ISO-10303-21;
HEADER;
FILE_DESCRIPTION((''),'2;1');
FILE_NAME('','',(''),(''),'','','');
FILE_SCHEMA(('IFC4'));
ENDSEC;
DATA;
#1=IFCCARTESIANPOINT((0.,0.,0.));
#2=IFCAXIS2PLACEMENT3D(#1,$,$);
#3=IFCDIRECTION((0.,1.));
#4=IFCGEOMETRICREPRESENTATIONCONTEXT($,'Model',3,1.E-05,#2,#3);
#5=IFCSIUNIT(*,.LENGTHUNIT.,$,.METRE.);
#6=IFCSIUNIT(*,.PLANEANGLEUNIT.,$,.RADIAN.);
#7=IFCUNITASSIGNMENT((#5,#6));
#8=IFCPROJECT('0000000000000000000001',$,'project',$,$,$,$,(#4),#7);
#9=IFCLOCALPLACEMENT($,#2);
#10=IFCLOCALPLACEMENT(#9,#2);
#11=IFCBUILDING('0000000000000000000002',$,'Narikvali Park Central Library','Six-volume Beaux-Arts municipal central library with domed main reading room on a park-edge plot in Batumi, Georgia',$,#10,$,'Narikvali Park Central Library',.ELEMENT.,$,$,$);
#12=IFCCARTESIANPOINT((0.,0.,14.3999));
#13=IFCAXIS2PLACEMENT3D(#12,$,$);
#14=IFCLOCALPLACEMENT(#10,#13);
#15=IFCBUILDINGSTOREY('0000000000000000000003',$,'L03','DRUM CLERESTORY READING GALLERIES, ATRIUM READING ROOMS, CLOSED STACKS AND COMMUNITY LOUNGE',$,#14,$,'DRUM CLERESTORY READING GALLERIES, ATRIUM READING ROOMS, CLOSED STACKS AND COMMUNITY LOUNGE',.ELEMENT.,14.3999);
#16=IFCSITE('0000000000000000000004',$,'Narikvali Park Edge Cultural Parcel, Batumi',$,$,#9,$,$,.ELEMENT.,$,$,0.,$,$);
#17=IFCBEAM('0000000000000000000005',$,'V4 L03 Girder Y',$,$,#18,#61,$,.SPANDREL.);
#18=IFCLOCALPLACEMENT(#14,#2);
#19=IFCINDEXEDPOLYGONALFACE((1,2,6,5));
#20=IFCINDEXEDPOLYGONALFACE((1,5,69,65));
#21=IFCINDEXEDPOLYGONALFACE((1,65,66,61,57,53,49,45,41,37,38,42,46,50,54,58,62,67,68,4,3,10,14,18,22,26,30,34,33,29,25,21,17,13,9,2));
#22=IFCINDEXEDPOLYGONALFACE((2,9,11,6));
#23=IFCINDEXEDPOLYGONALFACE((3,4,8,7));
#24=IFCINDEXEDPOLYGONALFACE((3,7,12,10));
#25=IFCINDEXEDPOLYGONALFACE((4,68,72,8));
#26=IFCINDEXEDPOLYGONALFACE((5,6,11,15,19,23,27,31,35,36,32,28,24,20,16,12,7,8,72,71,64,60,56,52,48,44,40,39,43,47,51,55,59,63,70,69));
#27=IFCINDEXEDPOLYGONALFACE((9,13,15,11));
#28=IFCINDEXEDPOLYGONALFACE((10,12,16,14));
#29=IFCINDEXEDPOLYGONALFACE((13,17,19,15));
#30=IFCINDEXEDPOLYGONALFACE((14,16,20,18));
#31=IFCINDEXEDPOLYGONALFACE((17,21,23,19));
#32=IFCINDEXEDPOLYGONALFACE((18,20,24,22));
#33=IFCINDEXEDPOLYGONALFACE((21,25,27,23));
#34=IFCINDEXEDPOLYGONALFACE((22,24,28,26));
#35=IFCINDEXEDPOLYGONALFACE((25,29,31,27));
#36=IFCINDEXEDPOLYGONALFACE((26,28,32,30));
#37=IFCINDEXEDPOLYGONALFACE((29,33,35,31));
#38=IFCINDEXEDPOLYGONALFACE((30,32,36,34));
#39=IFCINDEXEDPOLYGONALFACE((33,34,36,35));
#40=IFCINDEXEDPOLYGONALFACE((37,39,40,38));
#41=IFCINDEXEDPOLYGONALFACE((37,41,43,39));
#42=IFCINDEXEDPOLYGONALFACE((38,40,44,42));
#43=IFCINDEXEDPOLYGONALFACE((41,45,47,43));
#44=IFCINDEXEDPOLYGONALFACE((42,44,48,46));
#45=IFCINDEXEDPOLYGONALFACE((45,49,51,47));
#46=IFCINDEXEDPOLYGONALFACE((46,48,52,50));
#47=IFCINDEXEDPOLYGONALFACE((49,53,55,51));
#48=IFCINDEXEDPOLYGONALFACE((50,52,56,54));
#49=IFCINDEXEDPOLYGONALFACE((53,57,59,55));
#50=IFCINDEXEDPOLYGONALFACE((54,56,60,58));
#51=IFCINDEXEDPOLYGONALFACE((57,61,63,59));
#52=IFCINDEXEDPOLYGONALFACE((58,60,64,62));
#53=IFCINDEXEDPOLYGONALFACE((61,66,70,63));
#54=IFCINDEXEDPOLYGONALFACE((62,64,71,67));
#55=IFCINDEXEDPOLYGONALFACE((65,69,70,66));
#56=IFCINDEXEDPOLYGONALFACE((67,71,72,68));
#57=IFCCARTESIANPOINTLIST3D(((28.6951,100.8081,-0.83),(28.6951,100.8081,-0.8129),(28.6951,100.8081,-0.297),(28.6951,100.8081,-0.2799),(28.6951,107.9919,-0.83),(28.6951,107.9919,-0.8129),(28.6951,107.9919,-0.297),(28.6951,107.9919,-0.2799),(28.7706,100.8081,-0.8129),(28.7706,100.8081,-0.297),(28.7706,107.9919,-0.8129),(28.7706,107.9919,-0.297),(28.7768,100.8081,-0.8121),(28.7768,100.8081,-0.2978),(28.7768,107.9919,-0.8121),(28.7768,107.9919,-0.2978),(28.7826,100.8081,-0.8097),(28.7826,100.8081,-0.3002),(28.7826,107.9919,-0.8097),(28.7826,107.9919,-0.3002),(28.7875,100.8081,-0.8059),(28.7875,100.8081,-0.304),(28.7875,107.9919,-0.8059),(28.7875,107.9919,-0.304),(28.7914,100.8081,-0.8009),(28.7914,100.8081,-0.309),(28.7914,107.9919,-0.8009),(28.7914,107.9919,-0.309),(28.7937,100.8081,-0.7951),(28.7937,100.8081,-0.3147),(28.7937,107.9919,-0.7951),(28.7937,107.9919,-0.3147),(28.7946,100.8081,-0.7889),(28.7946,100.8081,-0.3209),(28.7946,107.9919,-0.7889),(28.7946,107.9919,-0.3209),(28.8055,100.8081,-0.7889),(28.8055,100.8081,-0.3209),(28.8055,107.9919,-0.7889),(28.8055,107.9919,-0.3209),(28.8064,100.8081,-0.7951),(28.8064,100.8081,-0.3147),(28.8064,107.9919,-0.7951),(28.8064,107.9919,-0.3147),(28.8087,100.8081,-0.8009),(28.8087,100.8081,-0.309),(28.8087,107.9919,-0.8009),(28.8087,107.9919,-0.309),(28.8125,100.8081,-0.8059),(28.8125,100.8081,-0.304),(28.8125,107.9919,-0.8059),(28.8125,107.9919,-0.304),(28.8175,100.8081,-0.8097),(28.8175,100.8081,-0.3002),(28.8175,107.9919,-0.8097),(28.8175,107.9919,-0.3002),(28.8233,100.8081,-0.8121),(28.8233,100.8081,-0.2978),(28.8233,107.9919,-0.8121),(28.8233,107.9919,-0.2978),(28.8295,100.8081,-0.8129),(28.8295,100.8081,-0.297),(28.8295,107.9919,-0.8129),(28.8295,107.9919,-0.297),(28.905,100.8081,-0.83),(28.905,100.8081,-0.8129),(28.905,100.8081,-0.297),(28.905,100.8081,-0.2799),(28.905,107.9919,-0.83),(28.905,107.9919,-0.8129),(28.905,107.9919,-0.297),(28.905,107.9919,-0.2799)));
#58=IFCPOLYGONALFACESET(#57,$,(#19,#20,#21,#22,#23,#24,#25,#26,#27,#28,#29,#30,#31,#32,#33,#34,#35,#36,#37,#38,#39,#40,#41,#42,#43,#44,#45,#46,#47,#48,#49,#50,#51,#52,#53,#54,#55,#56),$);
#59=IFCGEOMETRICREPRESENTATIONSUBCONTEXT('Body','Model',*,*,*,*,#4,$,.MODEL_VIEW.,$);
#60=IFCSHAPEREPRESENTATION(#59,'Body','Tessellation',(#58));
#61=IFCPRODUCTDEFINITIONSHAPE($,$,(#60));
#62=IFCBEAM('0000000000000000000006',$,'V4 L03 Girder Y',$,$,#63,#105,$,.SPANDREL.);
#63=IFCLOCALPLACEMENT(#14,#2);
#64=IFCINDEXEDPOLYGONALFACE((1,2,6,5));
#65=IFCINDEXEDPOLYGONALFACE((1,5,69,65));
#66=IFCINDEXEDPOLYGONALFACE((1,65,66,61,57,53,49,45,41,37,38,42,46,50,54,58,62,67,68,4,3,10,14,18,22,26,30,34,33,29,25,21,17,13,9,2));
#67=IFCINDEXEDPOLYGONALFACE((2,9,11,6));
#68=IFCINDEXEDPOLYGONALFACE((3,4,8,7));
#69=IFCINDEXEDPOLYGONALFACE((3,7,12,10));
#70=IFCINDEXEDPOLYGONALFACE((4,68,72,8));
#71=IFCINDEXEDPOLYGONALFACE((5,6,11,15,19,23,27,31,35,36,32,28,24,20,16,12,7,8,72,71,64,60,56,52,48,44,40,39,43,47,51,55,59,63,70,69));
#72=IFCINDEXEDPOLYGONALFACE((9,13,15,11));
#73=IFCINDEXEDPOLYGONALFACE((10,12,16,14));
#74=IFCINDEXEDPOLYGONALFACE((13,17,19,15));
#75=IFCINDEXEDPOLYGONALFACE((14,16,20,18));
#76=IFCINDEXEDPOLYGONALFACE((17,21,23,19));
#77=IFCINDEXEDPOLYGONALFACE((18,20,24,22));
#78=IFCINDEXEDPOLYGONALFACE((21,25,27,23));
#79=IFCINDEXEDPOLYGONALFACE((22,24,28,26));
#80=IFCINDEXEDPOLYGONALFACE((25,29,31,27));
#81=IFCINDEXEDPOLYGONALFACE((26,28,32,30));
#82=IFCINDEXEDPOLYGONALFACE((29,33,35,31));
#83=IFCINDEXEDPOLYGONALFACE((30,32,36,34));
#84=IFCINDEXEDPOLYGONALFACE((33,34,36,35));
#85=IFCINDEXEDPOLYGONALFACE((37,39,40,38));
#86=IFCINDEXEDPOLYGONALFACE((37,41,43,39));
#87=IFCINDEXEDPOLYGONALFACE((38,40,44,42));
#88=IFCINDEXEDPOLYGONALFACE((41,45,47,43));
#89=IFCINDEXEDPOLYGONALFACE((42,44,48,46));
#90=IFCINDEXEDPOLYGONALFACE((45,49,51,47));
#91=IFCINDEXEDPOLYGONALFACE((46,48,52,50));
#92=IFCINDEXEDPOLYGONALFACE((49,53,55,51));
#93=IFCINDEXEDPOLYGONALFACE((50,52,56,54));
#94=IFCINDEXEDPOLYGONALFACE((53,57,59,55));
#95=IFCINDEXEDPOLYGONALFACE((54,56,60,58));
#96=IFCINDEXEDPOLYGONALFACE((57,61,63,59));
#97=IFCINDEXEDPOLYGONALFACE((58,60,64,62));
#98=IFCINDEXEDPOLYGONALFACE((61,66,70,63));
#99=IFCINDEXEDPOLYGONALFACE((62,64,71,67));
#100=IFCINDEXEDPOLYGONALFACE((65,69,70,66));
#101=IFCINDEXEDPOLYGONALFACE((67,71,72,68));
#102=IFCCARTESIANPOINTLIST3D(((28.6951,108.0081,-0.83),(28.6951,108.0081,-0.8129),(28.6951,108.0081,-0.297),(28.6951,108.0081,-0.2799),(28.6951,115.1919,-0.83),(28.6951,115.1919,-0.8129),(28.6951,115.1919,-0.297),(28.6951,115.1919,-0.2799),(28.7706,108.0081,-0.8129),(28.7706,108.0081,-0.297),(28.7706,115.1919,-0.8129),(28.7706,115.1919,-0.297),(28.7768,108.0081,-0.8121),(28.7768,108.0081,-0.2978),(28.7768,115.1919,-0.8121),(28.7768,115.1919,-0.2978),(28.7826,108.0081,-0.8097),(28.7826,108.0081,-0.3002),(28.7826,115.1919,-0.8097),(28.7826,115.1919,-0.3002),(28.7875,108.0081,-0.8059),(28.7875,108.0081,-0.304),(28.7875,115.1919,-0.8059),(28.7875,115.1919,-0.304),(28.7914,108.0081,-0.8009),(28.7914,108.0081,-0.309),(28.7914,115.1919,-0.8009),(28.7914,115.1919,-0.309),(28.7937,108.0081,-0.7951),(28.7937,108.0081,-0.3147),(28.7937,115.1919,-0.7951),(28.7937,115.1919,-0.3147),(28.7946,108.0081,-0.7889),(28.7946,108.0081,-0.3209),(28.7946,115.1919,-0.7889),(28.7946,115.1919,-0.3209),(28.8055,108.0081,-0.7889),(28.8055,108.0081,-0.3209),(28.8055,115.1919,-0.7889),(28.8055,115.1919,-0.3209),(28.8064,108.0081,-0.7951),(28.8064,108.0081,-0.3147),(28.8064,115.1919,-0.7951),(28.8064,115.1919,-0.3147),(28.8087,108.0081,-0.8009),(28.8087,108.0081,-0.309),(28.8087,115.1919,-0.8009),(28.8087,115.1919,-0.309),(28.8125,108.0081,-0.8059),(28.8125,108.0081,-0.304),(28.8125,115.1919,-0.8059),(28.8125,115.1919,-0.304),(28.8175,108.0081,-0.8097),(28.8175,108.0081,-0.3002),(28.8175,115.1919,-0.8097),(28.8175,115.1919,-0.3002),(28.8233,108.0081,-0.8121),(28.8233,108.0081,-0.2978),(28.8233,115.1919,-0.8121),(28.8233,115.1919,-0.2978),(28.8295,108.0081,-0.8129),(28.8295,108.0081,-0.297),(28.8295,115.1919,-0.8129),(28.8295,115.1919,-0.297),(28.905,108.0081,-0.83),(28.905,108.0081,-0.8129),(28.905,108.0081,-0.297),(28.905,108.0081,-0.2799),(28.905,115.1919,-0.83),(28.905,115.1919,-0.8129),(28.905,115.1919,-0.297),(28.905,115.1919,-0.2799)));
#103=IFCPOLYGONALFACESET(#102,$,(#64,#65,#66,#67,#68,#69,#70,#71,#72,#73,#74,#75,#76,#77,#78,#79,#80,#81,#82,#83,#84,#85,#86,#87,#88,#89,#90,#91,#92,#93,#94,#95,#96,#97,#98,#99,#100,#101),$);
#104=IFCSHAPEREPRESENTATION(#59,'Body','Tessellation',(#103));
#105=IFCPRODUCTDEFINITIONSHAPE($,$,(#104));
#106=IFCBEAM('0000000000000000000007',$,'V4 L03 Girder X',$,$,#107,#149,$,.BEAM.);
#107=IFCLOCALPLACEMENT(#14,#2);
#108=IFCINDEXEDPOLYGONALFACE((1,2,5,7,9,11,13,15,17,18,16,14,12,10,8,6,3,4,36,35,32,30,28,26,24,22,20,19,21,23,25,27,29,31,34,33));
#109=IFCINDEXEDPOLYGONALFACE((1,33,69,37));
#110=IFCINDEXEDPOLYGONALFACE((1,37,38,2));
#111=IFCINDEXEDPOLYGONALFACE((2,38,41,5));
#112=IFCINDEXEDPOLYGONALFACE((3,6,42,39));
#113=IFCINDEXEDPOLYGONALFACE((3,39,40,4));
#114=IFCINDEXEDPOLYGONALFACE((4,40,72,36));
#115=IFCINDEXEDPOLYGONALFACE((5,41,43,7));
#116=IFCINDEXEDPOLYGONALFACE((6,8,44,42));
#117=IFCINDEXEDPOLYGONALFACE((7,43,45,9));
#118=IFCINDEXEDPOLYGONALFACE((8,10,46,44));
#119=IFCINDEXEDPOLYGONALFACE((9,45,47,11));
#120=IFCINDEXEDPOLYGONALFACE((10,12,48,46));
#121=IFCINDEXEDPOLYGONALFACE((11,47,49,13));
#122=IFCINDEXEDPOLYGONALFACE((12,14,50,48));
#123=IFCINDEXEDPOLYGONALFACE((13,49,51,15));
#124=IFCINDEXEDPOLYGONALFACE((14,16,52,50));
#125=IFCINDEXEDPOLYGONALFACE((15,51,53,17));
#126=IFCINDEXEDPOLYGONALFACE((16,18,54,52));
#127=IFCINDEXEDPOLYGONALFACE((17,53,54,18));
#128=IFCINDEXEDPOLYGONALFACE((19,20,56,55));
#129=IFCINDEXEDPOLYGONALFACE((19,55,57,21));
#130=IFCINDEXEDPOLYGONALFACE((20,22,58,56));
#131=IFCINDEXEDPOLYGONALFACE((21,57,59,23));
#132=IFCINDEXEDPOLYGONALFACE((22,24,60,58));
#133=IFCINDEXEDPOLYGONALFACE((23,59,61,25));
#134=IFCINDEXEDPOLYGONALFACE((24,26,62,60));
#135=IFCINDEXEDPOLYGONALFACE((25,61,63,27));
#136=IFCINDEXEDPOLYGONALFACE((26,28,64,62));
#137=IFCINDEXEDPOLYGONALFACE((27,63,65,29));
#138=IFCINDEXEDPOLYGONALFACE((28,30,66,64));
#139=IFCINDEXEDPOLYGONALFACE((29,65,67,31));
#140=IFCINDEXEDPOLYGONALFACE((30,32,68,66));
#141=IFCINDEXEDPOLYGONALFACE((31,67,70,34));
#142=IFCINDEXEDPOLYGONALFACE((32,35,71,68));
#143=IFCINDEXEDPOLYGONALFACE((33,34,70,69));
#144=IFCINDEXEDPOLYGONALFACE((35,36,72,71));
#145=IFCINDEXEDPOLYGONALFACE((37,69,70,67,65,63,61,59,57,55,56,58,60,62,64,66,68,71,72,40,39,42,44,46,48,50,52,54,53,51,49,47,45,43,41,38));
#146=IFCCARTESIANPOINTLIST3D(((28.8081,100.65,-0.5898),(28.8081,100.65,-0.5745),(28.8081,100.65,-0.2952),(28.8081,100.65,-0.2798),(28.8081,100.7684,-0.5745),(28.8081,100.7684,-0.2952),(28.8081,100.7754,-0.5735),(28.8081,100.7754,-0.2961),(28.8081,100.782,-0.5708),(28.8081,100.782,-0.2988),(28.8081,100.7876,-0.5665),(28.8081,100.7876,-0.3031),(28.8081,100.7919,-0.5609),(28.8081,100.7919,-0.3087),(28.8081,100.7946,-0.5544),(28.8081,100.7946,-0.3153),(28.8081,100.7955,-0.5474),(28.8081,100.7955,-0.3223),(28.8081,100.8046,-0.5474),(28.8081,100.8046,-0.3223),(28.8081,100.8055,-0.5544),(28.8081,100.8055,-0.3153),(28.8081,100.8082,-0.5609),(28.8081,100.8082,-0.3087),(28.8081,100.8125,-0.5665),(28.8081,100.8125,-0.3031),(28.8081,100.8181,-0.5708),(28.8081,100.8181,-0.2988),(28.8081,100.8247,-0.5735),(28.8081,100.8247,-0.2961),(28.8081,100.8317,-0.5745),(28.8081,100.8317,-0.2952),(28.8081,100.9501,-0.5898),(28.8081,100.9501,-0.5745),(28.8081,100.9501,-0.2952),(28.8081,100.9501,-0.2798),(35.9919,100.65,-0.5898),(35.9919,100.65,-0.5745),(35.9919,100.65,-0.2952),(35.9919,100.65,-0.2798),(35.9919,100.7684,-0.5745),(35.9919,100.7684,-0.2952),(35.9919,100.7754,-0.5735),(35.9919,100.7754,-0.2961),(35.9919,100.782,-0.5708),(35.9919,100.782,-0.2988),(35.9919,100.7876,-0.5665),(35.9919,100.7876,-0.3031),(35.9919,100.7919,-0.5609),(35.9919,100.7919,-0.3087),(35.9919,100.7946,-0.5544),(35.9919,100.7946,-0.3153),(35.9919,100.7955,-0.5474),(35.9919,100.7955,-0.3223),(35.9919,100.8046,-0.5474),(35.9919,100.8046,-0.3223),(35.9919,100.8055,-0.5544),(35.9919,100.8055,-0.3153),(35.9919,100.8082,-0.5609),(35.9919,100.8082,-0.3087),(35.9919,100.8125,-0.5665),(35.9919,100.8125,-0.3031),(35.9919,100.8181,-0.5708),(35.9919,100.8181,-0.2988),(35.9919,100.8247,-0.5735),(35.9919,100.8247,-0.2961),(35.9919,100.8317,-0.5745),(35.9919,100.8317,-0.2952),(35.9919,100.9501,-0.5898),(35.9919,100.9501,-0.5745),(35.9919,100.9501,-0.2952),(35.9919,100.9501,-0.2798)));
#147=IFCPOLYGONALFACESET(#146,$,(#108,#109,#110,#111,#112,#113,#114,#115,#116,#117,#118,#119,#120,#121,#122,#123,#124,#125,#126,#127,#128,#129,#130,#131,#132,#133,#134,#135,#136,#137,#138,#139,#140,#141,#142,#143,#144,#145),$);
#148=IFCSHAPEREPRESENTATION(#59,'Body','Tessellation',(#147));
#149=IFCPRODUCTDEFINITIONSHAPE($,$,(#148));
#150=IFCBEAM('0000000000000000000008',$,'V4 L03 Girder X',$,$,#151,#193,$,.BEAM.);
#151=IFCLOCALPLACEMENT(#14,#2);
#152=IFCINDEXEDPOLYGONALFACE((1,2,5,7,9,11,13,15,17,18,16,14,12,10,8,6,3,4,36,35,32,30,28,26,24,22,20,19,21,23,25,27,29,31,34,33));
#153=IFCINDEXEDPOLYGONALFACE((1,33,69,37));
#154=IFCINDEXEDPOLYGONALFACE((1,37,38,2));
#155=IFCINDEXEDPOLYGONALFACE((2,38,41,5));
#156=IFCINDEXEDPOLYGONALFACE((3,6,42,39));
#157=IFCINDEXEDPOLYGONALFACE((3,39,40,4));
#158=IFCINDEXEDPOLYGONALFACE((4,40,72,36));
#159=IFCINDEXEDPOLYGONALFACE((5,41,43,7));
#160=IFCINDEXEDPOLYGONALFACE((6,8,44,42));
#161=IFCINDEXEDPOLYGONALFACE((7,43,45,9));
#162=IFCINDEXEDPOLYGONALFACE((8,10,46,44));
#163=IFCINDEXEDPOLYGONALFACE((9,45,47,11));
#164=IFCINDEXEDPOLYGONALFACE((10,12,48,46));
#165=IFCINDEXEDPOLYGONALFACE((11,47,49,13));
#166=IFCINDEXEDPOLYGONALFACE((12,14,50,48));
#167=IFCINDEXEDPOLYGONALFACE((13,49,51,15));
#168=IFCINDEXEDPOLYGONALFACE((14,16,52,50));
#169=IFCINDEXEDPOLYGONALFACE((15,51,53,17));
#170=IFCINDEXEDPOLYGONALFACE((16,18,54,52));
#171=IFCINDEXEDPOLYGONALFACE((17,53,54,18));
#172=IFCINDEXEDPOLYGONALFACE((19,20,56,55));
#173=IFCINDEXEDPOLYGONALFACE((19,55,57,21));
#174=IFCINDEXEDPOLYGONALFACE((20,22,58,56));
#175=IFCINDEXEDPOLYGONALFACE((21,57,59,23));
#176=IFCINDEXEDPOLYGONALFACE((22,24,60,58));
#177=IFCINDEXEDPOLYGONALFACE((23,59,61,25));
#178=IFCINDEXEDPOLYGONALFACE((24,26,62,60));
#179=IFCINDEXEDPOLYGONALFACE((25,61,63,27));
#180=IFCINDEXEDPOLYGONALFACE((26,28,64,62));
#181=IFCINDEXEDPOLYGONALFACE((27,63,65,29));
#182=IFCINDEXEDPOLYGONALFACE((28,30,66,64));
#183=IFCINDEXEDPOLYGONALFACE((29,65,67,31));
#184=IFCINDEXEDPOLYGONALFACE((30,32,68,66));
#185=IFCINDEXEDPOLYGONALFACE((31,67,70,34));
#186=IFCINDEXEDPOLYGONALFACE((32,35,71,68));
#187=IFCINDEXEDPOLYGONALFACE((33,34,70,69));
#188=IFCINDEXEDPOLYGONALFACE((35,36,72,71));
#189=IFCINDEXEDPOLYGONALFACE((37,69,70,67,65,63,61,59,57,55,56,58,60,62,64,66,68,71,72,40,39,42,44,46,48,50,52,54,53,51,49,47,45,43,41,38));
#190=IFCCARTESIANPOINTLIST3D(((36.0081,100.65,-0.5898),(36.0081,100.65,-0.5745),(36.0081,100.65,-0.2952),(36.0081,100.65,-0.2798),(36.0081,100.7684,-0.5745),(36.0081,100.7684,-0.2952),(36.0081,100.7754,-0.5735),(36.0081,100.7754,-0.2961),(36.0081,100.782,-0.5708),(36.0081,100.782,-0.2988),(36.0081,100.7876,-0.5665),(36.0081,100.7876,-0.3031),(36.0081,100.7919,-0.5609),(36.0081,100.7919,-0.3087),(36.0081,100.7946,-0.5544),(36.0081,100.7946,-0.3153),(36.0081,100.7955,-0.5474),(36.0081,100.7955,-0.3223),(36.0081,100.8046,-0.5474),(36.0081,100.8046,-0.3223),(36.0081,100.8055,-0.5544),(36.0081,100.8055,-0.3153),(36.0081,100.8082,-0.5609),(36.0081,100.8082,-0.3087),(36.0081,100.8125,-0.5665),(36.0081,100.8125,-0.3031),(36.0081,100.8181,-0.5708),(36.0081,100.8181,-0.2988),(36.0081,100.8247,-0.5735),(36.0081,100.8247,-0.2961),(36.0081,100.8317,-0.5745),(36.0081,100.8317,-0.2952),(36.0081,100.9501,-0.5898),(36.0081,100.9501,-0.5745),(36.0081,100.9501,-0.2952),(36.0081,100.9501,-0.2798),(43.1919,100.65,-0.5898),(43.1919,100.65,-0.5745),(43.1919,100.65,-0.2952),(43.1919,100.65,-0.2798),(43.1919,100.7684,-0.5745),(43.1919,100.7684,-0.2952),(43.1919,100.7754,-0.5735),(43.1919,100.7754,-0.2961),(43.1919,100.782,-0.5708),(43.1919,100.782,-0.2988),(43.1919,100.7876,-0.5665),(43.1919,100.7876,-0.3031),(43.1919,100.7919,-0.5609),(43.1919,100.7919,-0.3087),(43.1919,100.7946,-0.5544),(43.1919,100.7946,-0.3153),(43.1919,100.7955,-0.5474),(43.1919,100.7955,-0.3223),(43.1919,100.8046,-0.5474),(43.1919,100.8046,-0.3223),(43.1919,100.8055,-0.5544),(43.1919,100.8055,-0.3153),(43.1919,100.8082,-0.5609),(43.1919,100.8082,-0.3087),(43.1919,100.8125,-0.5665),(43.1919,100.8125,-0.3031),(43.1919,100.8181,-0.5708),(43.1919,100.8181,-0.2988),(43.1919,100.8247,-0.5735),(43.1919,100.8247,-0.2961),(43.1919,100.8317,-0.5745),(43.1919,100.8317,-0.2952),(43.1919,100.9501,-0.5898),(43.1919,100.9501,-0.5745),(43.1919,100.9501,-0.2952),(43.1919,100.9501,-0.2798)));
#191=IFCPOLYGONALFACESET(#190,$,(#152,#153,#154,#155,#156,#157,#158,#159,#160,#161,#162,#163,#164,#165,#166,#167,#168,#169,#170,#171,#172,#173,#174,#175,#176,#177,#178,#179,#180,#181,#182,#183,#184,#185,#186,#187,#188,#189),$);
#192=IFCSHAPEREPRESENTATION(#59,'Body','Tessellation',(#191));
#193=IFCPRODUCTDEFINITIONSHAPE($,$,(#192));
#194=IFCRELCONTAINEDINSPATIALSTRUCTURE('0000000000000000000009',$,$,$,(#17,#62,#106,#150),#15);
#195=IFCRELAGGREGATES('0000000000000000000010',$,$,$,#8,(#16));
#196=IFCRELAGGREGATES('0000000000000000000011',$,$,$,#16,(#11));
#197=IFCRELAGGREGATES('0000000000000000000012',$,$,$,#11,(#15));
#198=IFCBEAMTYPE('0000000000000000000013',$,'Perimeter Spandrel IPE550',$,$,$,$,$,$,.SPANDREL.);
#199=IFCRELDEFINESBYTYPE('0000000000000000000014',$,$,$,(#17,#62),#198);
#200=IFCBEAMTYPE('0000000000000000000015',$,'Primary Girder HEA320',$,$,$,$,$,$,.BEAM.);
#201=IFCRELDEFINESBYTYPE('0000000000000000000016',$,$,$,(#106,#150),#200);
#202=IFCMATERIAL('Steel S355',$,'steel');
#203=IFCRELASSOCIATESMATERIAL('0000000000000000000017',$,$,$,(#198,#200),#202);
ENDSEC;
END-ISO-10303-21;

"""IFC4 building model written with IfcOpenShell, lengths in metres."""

from ifc_helpers import new_model, si_unit, direction, frame, origin, origin_2d, place, context, subcontext, project, spatial, i_section, extrude, material, material_profile, profile_set, type_object, element, save


model = new_model("IFC4")

# Units and contexts
model_context = context("Model", 3, precision=1e-05, world=origin(), true_north=direction((0.0, 1.0)))
body_context = subcontext(model_context, "Body", "Model", "MODEL_VIEW")
ifc_project = project(units=[si_unit("LENGTHUNIT", "METRE"), si_unit("PLANEANGLEUNIT", "RADIAN")], contexts=[model_context])

# Site, building, storey
site_placement = place(None, origin())
site = spatial("IfcSite", under=ifc_project, at=site_placement, Name="Narikvali Park Edge Cultural Parcel, Batumi", CompositionType="ELEMENT", RefElevation=0.0)
building_placement = place(site_placement, origin())
building = spatial("IfcBuilding", under=site, at=building_placement, Name="Narikvali Park Central Library", Description="Six-volume Beaux-Arts municipal central library with domed main reading room on a park-edge plot in Batumi, Georgia", LongName="Narikvali Park Central Library", CompositionType="ELEMENT")
storey_placement = place(building_placement, frame((0.0, 0.0, 14.3999)))
storey = spatial("IfcBuildingStorey", under=building, at=storey_placement, Name="L03", Description="DRUM CLERESTORY READING GALLERIES, ATRIUM READING ROOMS, CLOSED STACKS AND COMMUNITY LOUNGE", LongName="DRUM CLERESTORY READING GALLERIES, ATRIUM READING ROOMS, CLOSED STACKS AND COMMUNITY LOUNGE", CompositionType="ELEMENT", Elevation=14.3999)

# Shared definitions
ifc_material_1 = material(Name="Steel S355", Category="steel")

# Beams
ifc_material_profile_1 = material_profile(ifc_material_1, i_section(OverallWidth=0.21, OverallDepth=0.55, WebThickness=0.011, FlangeThickness=0.0171, FilletRadius=0.0239, at=origin_2d()), Name="IPE 550")
ifc_profile_set_1 = profile_set([ifc_material_profile_1], Name="Steel S355")
beam_type_1 = type_object("IfcBeamType", Name="Perimeter Spandrel IPE550", PredefinedType="SPANDREL", material=ifc_profile_set_1)
for number, where, z_axis, x_axis, name in (
    (1, (28.8, 100.8081, -0.5549), (0.0, 1.0, 0.0), (-1.0, 0.0, 0.0), "V4 L03 Girder Y"),
    (2, (28.8, 108.0081, -0.5549), (0.0, 1.0, 0.0), (-1.0, 0.0, 0.0), "V4 L03 Girder Y"),
):
    element("IfcBeam", number, at=place(storey_placement, frame(where, z_axis=z_axis, x_axis=x_axis)), inside=storey, type_object=beam_type_1, Name=name, PredefinedType="SPANDREL", context=body_context, shape_type="SweptSolid", body=[
        extrude(i_section(OverallWidth=0.21, OverallDepth=0.55, WebThickness=0.011, FlangeThickness=0.0171, FilletRadius=0.0239, at=origin_2d()), origin(), (0.0, 0.0, 1.0), 7.1838),
    ])
ifc_material_profile_2 = material_profile(ifc_material_1, i_section(OverallWidth=0.3, OverallDepth=0.3101, WebThickness=0.009, FlangeThickness=0.0154, FilletRadius=0.0271, at=origin_2d()), Name="HEA 320")
ifc_profile_set_2 = profile_set([ifc_material_profile_2], Name="Steel S355")
beam_type_2 = type_object("IfcBeamType", Name="Primary Girder HEA320", PredefinedType="BEAM", material=ifc_profile_set_2)
for number, where, z_axis, x_axis, name in (
    (3, (28.8081, 100.8, -0.4348), (1.0, 0.0, 0.0), (0.0, 1.0, 0.0), "V4 L03 Girder X"),
    (4, (36.0081, 100.8, -0.4348), (1.0, 0.0, 0.0), (0.0, 1.0, 0.0), "V4 L03 Girder X"),
):
    element("IfcBeam", number, at=place(storey_placement, frame(where, z_axis=z_axis, x_axis=x_axis)), inside=storey, type_object=beam_type_2, Name=name, PredefinedType="BEAM", context=body_context, shape_type="SweptSolid", body=[
        extrude(i_section(OverallWidth=0.3, OverallDepth=0.3101, WebThickness=0.009, FlangeThickness=0.0154, FilletRadius=0.0271, at=origin_2d()), origin(), (0.0, 0.0, 1.0), 7.1838),
    ])

save(model, "model.ifc")
